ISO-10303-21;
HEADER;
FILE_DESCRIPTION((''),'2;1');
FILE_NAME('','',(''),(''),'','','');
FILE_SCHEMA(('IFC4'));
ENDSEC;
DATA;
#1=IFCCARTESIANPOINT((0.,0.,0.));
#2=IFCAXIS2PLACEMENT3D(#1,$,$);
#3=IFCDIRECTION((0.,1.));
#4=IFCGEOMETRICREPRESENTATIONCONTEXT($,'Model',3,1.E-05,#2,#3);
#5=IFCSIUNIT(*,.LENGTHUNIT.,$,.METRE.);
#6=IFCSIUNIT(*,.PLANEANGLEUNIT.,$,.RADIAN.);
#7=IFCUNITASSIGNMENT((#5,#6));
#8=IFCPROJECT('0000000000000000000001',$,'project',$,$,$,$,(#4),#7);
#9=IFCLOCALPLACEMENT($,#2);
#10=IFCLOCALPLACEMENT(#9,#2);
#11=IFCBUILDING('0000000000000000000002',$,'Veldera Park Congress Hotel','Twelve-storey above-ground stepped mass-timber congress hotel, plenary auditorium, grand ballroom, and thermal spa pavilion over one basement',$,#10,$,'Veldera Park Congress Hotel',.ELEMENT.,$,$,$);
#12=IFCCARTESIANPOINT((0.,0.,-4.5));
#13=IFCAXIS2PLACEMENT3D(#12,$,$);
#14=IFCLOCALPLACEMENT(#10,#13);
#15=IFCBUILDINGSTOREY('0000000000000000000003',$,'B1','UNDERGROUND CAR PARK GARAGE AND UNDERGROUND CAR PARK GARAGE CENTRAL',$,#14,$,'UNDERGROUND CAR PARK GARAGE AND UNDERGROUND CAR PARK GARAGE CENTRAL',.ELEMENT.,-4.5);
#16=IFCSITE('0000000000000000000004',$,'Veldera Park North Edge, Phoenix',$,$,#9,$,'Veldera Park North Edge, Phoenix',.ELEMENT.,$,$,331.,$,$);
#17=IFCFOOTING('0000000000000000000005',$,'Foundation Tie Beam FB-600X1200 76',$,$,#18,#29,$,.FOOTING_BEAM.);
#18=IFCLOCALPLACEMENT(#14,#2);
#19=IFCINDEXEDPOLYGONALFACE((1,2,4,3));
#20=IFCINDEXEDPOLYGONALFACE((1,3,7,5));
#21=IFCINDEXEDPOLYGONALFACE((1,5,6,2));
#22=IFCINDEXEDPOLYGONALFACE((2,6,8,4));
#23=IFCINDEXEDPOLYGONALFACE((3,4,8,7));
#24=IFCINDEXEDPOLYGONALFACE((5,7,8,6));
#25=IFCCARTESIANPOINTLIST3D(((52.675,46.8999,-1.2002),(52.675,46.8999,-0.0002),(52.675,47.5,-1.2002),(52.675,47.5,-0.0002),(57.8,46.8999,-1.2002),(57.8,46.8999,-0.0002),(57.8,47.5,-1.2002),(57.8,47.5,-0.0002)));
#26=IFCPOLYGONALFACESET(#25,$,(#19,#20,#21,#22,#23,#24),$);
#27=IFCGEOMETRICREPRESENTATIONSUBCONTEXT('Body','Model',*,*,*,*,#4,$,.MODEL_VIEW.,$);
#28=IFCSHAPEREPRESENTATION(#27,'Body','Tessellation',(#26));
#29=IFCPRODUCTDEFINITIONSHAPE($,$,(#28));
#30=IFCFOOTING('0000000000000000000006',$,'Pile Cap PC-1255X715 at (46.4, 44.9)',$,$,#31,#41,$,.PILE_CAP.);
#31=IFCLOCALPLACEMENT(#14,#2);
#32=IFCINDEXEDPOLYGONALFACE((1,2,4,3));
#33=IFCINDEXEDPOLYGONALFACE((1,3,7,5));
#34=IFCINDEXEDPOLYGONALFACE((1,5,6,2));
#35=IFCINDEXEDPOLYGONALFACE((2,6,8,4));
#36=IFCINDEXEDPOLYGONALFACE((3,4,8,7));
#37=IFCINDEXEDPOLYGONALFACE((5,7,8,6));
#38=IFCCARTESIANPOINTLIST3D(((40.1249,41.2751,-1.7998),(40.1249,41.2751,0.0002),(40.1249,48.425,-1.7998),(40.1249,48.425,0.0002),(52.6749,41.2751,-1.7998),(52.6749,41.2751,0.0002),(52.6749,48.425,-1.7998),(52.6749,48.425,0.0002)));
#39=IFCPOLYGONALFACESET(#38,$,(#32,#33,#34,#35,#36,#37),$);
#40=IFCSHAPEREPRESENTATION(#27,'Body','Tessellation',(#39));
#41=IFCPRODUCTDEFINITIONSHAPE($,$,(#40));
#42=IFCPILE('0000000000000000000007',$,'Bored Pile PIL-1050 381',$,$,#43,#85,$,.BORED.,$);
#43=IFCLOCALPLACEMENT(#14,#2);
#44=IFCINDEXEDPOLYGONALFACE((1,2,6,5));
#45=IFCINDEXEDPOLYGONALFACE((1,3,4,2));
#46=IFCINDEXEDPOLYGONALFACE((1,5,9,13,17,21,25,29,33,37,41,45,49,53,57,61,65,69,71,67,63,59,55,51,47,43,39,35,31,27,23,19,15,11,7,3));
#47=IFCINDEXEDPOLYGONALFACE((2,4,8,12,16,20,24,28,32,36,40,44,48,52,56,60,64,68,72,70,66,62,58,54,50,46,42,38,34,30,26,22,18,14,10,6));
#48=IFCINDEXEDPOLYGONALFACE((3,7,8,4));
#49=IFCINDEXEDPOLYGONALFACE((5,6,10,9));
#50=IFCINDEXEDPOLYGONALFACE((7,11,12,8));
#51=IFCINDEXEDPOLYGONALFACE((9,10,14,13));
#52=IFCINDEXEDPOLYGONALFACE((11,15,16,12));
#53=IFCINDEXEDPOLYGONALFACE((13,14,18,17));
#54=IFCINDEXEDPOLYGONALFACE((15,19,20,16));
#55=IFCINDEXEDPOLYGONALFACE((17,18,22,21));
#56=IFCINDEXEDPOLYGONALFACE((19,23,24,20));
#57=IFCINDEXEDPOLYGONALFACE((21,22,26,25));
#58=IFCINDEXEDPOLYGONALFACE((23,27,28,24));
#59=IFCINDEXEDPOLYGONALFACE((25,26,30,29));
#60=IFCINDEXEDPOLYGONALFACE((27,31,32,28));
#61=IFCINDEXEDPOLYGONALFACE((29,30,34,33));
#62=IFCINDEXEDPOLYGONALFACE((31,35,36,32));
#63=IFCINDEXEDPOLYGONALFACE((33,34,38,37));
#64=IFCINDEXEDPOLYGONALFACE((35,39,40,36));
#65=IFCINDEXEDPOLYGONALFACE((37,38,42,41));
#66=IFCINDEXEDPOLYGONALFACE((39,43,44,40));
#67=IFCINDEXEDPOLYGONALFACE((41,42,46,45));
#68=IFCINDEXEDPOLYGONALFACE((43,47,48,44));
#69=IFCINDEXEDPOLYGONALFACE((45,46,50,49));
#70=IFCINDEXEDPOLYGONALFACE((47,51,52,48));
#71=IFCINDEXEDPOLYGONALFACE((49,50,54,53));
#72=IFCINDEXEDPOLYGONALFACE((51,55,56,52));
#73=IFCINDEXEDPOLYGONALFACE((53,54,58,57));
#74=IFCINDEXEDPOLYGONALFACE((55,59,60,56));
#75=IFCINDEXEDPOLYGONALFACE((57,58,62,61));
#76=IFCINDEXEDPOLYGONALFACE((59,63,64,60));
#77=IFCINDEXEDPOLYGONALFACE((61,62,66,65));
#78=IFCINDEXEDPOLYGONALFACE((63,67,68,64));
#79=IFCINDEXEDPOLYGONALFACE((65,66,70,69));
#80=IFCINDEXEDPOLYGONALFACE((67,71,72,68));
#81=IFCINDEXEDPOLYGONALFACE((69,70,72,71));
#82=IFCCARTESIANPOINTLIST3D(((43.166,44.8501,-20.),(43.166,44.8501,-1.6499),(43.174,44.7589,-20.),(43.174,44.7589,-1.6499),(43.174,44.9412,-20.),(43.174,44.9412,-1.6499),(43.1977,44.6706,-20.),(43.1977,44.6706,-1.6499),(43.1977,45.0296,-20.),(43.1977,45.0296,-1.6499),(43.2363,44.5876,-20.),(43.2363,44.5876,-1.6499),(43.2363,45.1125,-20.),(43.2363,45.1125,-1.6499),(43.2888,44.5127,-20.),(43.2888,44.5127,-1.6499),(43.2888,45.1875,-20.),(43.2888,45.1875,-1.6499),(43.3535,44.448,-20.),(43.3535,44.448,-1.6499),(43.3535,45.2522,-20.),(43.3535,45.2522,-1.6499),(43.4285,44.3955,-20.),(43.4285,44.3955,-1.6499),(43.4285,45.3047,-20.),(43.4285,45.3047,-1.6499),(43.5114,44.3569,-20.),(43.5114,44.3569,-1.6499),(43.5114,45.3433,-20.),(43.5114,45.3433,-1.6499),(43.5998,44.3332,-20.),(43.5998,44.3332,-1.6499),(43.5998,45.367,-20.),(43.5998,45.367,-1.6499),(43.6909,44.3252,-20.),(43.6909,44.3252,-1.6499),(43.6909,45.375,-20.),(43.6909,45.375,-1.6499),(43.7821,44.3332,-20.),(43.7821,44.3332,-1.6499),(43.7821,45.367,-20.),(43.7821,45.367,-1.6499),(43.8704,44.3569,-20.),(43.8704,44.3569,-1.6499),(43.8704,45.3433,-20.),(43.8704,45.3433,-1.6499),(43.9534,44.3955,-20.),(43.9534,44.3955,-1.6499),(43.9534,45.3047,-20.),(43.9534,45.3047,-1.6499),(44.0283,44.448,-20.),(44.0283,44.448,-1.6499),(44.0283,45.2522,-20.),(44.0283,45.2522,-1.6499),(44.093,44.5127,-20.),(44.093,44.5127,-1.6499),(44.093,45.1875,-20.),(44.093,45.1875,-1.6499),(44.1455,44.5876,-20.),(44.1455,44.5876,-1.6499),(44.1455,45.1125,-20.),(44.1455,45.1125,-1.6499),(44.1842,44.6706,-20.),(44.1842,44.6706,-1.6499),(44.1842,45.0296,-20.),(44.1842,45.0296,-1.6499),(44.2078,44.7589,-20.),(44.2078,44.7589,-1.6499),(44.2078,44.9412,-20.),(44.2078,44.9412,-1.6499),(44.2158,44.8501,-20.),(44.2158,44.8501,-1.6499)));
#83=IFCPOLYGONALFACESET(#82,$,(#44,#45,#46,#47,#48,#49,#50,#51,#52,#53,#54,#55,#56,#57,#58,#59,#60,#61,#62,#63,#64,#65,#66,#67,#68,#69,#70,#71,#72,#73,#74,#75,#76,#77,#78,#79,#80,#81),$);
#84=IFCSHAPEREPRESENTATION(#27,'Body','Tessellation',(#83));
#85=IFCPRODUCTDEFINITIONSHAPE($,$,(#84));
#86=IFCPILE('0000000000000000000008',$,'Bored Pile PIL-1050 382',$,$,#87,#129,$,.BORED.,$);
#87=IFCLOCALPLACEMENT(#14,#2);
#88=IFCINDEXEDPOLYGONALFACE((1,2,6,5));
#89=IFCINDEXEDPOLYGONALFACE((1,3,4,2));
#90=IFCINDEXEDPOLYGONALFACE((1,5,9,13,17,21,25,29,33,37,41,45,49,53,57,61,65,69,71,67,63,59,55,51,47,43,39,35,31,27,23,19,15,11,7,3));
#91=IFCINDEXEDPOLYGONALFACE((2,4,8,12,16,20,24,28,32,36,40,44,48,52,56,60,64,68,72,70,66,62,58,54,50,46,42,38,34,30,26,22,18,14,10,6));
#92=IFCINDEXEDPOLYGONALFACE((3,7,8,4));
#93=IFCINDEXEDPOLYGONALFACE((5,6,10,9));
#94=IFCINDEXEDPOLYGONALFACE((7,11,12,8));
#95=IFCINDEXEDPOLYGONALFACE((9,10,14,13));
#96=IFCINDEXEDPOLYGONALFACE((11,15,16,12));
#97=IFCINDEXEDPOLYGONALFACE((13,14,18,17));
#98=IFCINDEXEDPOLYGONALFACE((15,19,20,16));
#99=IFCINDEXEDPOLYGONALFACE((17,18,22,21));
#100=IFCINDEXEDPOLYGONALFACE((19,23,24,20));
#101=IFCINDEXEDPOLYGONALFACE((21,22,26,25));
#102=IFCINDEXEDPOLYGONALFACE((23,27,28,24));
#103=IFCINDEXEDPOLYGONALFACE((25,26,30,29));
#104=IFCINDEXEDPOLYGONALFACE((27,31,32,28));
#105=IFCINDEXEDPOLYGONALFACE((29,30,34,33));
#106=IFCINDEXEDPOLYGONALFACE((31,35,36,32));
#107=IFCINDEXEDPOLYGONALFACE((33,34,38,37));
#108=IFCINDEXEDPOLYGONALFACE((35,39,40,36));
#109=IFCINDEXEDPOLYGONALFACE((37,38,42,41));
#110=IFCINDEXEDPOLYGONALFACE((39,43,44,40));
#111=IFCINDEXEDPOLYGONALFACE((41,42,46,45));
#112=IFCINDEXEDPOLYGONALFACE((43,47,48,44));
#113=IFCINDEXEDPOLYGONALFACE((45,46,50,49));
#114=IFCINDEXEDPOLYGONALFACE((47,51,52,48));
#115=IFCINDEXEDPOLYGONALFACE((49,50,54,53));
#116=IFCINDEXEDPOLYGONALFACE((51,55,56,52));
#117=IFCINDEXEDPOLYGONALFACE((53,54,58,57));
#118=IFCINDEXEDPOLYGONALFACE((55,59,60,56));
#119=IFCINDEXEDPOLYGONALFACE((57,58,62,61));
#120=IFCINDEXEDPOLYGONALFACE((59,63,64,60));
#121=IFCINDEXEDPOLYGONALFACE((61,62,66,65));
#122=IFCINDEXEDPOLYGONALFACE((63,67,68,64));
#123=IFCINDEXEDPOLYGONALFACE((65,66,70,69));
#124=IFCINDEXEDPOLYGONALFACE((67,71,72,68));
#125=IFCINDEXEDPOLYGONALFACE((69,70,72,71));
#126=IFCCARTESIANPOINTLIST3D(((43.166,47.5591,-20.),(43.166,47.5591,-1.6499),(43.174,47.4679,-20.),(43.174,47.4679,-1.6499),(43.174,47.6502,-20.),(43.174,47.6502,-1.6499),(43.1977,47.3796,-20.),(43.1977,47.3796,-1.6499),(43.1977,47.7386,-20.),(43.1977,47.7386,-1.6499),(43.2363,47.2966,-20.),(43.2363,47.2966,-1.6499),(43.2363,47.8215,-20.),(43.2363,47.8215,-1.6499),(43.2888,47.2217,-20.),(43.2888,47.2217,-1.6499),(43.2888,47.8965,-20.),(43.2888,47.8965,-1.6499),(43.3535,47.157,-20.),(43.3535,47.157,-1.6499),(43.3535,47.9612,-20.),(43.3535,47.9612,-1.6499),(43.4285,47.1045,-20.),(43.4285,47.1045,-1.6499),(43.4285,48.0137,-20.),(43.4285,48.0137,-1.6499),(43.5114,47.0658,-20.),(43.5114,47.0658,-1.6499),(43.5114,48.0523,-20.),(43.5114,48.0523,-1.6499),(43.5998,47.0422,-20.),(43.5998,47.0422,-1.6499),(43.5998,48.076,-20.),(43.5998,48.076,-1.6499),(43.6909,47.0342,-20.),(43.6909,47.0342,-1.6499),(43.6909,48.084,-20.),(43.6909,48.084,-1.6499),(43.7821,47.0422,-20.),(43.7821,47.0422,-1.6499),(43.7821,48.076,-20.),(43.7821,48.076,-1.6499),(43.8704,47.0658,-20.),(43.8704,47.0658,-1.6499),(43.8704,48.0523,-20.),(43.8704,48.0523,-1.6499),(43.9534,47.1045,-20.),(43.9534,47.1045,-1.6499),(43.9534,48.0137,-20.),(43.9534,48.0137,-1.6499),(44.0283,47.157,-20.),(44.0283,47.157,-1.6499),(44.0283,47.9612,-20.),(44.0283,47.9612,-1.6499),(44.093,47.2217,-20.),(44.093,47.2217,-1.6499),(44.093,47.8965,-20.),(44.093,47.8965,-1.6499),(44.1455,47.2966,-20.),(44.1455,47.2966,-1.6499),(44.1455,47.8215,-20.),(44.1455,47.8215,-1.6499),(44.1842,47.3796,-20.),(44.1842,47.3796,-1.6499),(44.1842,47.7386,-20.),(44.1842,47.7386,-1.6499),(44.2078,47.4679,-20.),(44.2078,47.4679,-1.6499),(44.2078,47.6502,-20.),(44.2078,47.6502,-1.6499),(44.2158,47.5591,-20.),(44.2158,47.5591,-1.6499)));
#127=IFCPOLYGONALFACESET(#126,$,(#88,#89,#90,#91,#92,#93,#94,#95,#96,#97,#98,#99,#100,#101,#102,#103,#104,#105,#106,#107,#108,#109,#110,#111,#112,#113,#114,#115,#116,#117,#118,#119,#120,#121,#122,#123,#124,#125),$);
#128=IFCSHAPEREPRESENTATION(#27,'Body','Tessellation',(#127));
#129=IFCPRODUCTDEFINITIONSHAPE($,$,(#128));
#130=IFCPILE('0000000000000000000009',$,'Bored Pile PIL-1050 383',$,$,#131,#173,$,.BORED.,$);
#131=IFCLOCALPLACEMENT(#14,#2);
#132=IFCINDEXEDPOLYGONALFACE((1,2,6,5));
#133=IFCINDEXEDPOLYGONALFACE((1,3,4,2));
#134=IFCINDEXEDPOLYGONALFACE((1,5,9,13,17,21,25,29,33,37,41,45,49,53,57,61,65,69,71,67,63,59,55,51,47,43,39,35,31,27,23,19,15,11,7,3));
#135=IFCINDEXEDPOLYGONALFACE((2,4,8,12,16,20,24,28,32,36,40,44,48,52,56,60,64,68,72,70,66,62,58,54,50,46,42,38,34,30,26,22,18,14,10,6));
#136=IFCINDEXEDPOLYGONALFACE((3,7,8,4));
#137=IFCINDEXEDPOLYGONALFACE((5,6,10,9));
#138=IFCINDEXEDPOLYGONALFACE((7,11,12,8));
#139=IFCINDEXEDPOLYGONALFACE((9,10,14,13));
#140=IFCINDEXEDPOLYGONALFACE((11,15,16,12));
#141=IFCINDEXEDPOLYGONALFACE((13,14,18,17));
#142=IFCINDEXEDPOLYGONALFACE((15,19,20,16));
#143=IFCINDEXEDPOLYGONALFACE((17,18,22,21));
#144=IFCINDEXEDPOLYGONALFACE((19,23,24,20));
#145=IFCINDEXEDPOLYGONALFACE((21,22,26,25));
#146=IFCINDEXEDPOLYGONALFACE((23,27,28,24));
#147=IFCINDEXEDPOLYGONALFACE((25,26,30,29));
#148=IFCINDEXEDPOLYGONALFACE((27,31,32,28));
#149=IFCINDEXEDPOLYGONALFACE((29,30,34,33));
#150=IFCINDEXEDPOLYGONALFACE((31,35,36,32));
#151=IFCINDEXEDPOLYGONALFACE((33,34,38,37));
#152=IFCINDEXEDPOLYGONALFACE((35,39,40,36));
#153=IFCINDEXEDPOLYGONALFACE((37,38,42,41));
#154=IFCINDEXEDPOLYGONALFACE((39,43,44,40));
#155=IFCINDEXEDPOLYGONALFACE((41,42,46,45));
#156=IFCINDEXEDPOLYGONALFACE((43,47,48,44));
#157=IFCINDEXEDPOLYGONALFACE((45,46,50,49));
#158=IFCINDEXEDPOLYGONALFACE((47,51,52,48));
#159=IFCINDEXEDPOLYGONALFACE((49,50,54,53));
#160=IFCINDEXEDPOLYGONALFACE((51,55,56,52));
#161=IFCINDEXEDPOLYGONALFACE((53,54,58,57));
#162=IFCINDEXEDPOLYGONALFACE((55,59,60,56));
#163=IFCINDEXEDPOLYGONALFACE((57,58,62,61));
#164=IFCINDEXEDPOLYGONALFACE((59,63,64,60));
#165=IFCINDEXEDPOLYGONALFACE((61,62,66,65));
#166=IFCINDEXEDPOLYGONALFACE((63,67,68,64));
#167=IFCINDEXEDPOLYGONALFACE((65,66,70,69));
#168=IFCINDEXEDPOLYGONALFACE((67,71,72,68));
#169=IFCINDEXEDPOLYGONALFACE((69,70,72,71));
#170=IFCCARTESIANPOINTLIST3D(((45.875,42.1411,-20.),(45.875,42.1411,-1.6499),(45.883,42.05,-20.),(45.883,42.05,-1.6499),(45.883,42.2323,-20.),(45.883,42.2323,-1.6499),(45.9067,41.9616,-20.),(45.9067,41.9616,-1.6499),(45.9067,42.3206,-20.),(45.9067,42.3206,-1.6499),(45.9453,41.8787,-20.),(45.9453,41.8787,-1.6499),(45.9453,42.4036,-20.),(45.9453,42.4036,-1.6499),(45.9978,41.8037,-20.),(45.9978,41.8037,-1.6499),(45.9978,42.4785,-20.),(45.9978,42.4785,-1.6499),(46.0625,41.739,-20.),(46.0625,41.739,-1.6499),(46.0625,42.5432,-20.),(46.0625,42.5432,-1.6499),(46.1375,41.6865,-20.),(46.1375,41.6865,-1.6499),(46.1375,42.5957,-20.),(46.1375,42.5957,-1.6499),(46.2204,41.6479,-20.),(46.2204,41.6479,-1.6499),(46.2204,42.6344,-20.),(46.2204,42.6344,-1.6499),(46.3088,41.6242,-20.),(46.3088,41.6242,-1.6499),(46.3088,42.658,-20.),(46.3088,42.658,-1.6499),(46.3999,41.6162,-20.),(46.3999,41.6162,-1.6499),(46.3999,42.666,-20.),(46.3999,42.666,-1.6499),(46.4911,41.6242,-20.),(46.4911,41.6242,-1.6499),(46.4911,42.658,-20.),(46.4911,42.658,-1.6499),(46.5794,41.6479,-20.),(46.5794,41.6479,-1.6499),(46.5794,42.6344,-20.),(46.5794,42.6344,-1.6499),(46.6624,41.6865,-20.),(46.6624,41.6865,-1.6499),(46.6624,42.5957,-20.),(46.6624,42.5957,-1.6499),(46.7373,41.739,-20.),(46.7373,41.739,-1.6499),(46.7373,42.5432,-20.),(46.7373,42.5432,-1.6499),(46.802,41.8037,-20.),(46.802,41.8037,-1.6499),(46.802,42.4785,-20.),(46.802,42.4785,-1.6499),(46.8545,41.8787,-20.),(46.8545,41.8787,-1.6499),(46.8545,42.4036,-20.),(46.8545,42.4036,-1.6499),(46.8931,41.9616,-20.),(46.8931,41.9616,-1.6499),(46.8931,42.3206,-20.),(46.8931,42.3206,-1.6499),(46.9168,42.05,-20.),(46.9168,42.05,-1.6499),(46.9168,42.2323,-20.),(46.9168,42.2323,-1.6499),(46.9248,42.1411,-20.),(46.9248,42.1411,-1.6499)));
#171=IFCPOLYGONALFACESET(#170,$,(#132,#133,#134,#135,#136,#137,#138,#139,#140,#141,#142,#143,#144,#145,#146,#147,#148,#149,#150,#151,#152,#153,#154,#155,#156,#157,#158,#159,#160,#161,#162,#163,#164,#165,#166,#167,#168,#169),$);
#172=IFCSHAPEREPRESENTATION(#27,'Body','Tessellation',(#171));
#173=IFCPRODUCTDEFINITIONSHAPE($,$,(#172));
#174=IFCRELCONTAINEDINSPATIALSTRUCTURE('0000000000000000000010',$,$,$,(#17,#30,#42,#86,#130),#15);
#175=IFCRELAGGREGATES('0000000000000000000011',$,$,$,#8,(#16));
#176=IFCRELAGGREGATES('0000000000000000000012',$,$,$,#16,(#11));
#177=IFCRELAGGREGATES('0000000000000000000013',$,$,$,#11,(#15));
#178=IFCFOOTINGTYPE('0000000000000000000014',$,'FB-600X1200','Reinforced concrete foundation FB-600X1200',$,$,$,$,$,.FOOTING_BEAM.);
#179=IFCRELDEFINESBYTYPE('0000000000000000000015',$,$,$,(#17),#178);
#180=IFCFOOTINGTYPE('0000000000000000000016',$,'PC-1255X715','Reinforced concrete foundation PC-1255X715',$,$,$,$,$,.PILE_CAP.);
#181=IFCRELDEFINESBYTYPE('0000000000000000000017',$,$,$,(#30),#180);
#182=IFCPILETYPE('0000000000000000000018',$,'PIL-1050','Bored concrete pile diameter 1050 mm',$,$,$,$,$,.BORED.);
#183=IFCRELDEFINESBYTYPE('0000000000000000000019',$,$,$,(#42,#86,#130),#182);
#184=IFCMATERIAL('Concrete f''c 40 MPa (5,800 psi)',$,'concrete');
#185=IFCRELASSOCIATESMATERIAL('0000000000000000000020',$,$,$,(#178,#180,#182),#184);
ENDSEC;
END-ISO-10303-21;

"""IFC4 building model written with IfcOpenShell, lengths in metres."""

from ifc_helpers import new_model, si_unit, direction, frame, origin, origin_2d, place, context, subcontext, project, spatial, rectangle, circle, extrude, material, material_profile, profile_set, type_object, element, save


model = new_model("IFC4")

# Units and contexts
model_context = context("Model", 3, precision=1e-05, world=origin(), true_north=direction((0.0, 1.0)))
body_context = subcontext(model_context, "Body", "Model", "MODEL_VIEW")
ifc_project = project(units=[si_unit("LENGTHUNIT", "METRE"), si_unit("PLANEANGLEUNIT", "RADIAN")], contexts=[model_context])

# Site, building, storey
site_placement = place(None, origin())
site = spatial("IfcSite", under=ifc_project, at=site_placement, Name="Veldera Park North Edge, Phoenix", LongName="Veldera Park North Edge, Phoenix", CompositionType="ELEMENT", RefElevation=331.0)
building_placement = place(site_placement, origin())
building = spatial("IfcBuilding", under=site, at=building_placement, Name="Veldera Park Congress Hotel", Description="Twelve-storey above-ground stepped mass-timber congress hotel, plenary auditorium, grand ballroom, and thermal spa pavilion over one basement", LongName="Veldera Park Congress Hotel", CompositionType="ELEMENT")
storey_placement = place(building_placement, frame((0.0, 0.0, -4.5)))
storey = spatial("IfcBuildingStorey", under=building, at=storey_placement, Name="B1", Description="UNDERGROUND CAR PARK GARAGE AND UNDERGROUND CAR PARK GARAGE CENTRAL", LongName="UNDERGROUND CAR PARK GARAGE AND UNDERGROUND CAR PARK GARAGE CENTRAL", CompositionType="ELEMENT", Elevation=-4.5)

# Footings
ifc_material_1 = material(Name="Concrete f'c 40 MPa (5,800 psi)", Category="concrete")
footing_type_1 = type_object("IfcFootingType", Name="FB-600X1200", Description="Reinforced concrete foundation FB-600X1200", PredefinedType="FOOTING_BEAM", material=ifc_material_1)
footing_1_placement = place(storey_placement, frame((55.2375, 47.2, -1.2002), z_axis=(0.0, 0.0, 1.0), x_axis=(1.0, 0.0, 0.0)))
element("IfcFooting", 1, at=footing_1_placement, inside=storey, type_object=footing_type_1, Name="Foundation Tie Beam FB-600X1200 76", PredefinedType="FOOTING_BEAM", context=body_context, shape_type="SweptSolid", body=[
    extrude(rectangle(XDim=5.125, YDim=0.6001, at=origin_2d()), origin(), (0.0, 0.0, 1.0), 1.2),
])
footing_type_2 = type_object("IfcFootingType", Name="PC-1255X715", Description="Reinforced concrete foundation PC-1255X715", PredefinedType="PILE_CAP", material=ifc_material_1)
footing_2_placement = place(storey_placement, frame((46.3999, 44.8501, -1.7998), z_axis=(0.0, 0.0, 1.0), x_axis=(1.0, 0.0, 0.0)))
element("IfcFooting", 2, at=footing_2_placement, inside=storey, type_object=footing_type_2, Name="Pile Cap PC-1255X715 at (46.4, 44.9)", PredefinedType="PILE_CAP", context=body_context, shape_type="SweptSolid", body=[
    extrude(rectangle(XDim=12.55, YDim=7.1499, at=origin_2d()), origin(), (0.0, 0.0, 1.0), 1.8),
])

# Piles
ifc_material_profile_1 = material_profile(ifc_material_1, circle(Radius=0.5249, at=origin_2d()), Name="PILE D1050")
ifc_profile_set_1 = profile_set([ifc_material_profile_1], Name="Concrete f'c 40 MPa (5,800 psi)")
pile_type = type_object("IfcPileType", Name="PIL-1050", Description="Bored concrete pile diameter 1050 mm", PredefinedType="BORED", material=ifc_profile_set_1)
for number, where, z_axis, x_axis, name in (
    (3, (43.6909, 44.8501, -1.6499), (0.0, 0.0, -1.0), (1.0, 0.0, 0.0), "Bored Pile PIL-1050 381"),
    (4, (43.6909, 47.5591, -1.6499), (0.0, 0.0, -1.0), (1.0, 0.0, 0.0), "Bored Pile PIL-1050 382"),
    (5, (46.3999, 42.1411, -1.6499), (0.0, 0.0, -1.0), (1.0, 0.0, 0.0), "Bored Pile PIL-1050 383"),
):
    element("IfcPile", number, at=place(storey_placement, frame(where, z_axis=z_axis, x_axis=x_axis)), inside=storey, type_object=pile_type, Name=name, PredefinedType="BORED", context=body_context, shape_type="SweptSolid", body=[
        extrude(circle(Radius=0.5249, at=origin_2d()), origin(), (0.0, 0.0, 1.0), 18.3501),
    ])

save(model, "model.ifc")
